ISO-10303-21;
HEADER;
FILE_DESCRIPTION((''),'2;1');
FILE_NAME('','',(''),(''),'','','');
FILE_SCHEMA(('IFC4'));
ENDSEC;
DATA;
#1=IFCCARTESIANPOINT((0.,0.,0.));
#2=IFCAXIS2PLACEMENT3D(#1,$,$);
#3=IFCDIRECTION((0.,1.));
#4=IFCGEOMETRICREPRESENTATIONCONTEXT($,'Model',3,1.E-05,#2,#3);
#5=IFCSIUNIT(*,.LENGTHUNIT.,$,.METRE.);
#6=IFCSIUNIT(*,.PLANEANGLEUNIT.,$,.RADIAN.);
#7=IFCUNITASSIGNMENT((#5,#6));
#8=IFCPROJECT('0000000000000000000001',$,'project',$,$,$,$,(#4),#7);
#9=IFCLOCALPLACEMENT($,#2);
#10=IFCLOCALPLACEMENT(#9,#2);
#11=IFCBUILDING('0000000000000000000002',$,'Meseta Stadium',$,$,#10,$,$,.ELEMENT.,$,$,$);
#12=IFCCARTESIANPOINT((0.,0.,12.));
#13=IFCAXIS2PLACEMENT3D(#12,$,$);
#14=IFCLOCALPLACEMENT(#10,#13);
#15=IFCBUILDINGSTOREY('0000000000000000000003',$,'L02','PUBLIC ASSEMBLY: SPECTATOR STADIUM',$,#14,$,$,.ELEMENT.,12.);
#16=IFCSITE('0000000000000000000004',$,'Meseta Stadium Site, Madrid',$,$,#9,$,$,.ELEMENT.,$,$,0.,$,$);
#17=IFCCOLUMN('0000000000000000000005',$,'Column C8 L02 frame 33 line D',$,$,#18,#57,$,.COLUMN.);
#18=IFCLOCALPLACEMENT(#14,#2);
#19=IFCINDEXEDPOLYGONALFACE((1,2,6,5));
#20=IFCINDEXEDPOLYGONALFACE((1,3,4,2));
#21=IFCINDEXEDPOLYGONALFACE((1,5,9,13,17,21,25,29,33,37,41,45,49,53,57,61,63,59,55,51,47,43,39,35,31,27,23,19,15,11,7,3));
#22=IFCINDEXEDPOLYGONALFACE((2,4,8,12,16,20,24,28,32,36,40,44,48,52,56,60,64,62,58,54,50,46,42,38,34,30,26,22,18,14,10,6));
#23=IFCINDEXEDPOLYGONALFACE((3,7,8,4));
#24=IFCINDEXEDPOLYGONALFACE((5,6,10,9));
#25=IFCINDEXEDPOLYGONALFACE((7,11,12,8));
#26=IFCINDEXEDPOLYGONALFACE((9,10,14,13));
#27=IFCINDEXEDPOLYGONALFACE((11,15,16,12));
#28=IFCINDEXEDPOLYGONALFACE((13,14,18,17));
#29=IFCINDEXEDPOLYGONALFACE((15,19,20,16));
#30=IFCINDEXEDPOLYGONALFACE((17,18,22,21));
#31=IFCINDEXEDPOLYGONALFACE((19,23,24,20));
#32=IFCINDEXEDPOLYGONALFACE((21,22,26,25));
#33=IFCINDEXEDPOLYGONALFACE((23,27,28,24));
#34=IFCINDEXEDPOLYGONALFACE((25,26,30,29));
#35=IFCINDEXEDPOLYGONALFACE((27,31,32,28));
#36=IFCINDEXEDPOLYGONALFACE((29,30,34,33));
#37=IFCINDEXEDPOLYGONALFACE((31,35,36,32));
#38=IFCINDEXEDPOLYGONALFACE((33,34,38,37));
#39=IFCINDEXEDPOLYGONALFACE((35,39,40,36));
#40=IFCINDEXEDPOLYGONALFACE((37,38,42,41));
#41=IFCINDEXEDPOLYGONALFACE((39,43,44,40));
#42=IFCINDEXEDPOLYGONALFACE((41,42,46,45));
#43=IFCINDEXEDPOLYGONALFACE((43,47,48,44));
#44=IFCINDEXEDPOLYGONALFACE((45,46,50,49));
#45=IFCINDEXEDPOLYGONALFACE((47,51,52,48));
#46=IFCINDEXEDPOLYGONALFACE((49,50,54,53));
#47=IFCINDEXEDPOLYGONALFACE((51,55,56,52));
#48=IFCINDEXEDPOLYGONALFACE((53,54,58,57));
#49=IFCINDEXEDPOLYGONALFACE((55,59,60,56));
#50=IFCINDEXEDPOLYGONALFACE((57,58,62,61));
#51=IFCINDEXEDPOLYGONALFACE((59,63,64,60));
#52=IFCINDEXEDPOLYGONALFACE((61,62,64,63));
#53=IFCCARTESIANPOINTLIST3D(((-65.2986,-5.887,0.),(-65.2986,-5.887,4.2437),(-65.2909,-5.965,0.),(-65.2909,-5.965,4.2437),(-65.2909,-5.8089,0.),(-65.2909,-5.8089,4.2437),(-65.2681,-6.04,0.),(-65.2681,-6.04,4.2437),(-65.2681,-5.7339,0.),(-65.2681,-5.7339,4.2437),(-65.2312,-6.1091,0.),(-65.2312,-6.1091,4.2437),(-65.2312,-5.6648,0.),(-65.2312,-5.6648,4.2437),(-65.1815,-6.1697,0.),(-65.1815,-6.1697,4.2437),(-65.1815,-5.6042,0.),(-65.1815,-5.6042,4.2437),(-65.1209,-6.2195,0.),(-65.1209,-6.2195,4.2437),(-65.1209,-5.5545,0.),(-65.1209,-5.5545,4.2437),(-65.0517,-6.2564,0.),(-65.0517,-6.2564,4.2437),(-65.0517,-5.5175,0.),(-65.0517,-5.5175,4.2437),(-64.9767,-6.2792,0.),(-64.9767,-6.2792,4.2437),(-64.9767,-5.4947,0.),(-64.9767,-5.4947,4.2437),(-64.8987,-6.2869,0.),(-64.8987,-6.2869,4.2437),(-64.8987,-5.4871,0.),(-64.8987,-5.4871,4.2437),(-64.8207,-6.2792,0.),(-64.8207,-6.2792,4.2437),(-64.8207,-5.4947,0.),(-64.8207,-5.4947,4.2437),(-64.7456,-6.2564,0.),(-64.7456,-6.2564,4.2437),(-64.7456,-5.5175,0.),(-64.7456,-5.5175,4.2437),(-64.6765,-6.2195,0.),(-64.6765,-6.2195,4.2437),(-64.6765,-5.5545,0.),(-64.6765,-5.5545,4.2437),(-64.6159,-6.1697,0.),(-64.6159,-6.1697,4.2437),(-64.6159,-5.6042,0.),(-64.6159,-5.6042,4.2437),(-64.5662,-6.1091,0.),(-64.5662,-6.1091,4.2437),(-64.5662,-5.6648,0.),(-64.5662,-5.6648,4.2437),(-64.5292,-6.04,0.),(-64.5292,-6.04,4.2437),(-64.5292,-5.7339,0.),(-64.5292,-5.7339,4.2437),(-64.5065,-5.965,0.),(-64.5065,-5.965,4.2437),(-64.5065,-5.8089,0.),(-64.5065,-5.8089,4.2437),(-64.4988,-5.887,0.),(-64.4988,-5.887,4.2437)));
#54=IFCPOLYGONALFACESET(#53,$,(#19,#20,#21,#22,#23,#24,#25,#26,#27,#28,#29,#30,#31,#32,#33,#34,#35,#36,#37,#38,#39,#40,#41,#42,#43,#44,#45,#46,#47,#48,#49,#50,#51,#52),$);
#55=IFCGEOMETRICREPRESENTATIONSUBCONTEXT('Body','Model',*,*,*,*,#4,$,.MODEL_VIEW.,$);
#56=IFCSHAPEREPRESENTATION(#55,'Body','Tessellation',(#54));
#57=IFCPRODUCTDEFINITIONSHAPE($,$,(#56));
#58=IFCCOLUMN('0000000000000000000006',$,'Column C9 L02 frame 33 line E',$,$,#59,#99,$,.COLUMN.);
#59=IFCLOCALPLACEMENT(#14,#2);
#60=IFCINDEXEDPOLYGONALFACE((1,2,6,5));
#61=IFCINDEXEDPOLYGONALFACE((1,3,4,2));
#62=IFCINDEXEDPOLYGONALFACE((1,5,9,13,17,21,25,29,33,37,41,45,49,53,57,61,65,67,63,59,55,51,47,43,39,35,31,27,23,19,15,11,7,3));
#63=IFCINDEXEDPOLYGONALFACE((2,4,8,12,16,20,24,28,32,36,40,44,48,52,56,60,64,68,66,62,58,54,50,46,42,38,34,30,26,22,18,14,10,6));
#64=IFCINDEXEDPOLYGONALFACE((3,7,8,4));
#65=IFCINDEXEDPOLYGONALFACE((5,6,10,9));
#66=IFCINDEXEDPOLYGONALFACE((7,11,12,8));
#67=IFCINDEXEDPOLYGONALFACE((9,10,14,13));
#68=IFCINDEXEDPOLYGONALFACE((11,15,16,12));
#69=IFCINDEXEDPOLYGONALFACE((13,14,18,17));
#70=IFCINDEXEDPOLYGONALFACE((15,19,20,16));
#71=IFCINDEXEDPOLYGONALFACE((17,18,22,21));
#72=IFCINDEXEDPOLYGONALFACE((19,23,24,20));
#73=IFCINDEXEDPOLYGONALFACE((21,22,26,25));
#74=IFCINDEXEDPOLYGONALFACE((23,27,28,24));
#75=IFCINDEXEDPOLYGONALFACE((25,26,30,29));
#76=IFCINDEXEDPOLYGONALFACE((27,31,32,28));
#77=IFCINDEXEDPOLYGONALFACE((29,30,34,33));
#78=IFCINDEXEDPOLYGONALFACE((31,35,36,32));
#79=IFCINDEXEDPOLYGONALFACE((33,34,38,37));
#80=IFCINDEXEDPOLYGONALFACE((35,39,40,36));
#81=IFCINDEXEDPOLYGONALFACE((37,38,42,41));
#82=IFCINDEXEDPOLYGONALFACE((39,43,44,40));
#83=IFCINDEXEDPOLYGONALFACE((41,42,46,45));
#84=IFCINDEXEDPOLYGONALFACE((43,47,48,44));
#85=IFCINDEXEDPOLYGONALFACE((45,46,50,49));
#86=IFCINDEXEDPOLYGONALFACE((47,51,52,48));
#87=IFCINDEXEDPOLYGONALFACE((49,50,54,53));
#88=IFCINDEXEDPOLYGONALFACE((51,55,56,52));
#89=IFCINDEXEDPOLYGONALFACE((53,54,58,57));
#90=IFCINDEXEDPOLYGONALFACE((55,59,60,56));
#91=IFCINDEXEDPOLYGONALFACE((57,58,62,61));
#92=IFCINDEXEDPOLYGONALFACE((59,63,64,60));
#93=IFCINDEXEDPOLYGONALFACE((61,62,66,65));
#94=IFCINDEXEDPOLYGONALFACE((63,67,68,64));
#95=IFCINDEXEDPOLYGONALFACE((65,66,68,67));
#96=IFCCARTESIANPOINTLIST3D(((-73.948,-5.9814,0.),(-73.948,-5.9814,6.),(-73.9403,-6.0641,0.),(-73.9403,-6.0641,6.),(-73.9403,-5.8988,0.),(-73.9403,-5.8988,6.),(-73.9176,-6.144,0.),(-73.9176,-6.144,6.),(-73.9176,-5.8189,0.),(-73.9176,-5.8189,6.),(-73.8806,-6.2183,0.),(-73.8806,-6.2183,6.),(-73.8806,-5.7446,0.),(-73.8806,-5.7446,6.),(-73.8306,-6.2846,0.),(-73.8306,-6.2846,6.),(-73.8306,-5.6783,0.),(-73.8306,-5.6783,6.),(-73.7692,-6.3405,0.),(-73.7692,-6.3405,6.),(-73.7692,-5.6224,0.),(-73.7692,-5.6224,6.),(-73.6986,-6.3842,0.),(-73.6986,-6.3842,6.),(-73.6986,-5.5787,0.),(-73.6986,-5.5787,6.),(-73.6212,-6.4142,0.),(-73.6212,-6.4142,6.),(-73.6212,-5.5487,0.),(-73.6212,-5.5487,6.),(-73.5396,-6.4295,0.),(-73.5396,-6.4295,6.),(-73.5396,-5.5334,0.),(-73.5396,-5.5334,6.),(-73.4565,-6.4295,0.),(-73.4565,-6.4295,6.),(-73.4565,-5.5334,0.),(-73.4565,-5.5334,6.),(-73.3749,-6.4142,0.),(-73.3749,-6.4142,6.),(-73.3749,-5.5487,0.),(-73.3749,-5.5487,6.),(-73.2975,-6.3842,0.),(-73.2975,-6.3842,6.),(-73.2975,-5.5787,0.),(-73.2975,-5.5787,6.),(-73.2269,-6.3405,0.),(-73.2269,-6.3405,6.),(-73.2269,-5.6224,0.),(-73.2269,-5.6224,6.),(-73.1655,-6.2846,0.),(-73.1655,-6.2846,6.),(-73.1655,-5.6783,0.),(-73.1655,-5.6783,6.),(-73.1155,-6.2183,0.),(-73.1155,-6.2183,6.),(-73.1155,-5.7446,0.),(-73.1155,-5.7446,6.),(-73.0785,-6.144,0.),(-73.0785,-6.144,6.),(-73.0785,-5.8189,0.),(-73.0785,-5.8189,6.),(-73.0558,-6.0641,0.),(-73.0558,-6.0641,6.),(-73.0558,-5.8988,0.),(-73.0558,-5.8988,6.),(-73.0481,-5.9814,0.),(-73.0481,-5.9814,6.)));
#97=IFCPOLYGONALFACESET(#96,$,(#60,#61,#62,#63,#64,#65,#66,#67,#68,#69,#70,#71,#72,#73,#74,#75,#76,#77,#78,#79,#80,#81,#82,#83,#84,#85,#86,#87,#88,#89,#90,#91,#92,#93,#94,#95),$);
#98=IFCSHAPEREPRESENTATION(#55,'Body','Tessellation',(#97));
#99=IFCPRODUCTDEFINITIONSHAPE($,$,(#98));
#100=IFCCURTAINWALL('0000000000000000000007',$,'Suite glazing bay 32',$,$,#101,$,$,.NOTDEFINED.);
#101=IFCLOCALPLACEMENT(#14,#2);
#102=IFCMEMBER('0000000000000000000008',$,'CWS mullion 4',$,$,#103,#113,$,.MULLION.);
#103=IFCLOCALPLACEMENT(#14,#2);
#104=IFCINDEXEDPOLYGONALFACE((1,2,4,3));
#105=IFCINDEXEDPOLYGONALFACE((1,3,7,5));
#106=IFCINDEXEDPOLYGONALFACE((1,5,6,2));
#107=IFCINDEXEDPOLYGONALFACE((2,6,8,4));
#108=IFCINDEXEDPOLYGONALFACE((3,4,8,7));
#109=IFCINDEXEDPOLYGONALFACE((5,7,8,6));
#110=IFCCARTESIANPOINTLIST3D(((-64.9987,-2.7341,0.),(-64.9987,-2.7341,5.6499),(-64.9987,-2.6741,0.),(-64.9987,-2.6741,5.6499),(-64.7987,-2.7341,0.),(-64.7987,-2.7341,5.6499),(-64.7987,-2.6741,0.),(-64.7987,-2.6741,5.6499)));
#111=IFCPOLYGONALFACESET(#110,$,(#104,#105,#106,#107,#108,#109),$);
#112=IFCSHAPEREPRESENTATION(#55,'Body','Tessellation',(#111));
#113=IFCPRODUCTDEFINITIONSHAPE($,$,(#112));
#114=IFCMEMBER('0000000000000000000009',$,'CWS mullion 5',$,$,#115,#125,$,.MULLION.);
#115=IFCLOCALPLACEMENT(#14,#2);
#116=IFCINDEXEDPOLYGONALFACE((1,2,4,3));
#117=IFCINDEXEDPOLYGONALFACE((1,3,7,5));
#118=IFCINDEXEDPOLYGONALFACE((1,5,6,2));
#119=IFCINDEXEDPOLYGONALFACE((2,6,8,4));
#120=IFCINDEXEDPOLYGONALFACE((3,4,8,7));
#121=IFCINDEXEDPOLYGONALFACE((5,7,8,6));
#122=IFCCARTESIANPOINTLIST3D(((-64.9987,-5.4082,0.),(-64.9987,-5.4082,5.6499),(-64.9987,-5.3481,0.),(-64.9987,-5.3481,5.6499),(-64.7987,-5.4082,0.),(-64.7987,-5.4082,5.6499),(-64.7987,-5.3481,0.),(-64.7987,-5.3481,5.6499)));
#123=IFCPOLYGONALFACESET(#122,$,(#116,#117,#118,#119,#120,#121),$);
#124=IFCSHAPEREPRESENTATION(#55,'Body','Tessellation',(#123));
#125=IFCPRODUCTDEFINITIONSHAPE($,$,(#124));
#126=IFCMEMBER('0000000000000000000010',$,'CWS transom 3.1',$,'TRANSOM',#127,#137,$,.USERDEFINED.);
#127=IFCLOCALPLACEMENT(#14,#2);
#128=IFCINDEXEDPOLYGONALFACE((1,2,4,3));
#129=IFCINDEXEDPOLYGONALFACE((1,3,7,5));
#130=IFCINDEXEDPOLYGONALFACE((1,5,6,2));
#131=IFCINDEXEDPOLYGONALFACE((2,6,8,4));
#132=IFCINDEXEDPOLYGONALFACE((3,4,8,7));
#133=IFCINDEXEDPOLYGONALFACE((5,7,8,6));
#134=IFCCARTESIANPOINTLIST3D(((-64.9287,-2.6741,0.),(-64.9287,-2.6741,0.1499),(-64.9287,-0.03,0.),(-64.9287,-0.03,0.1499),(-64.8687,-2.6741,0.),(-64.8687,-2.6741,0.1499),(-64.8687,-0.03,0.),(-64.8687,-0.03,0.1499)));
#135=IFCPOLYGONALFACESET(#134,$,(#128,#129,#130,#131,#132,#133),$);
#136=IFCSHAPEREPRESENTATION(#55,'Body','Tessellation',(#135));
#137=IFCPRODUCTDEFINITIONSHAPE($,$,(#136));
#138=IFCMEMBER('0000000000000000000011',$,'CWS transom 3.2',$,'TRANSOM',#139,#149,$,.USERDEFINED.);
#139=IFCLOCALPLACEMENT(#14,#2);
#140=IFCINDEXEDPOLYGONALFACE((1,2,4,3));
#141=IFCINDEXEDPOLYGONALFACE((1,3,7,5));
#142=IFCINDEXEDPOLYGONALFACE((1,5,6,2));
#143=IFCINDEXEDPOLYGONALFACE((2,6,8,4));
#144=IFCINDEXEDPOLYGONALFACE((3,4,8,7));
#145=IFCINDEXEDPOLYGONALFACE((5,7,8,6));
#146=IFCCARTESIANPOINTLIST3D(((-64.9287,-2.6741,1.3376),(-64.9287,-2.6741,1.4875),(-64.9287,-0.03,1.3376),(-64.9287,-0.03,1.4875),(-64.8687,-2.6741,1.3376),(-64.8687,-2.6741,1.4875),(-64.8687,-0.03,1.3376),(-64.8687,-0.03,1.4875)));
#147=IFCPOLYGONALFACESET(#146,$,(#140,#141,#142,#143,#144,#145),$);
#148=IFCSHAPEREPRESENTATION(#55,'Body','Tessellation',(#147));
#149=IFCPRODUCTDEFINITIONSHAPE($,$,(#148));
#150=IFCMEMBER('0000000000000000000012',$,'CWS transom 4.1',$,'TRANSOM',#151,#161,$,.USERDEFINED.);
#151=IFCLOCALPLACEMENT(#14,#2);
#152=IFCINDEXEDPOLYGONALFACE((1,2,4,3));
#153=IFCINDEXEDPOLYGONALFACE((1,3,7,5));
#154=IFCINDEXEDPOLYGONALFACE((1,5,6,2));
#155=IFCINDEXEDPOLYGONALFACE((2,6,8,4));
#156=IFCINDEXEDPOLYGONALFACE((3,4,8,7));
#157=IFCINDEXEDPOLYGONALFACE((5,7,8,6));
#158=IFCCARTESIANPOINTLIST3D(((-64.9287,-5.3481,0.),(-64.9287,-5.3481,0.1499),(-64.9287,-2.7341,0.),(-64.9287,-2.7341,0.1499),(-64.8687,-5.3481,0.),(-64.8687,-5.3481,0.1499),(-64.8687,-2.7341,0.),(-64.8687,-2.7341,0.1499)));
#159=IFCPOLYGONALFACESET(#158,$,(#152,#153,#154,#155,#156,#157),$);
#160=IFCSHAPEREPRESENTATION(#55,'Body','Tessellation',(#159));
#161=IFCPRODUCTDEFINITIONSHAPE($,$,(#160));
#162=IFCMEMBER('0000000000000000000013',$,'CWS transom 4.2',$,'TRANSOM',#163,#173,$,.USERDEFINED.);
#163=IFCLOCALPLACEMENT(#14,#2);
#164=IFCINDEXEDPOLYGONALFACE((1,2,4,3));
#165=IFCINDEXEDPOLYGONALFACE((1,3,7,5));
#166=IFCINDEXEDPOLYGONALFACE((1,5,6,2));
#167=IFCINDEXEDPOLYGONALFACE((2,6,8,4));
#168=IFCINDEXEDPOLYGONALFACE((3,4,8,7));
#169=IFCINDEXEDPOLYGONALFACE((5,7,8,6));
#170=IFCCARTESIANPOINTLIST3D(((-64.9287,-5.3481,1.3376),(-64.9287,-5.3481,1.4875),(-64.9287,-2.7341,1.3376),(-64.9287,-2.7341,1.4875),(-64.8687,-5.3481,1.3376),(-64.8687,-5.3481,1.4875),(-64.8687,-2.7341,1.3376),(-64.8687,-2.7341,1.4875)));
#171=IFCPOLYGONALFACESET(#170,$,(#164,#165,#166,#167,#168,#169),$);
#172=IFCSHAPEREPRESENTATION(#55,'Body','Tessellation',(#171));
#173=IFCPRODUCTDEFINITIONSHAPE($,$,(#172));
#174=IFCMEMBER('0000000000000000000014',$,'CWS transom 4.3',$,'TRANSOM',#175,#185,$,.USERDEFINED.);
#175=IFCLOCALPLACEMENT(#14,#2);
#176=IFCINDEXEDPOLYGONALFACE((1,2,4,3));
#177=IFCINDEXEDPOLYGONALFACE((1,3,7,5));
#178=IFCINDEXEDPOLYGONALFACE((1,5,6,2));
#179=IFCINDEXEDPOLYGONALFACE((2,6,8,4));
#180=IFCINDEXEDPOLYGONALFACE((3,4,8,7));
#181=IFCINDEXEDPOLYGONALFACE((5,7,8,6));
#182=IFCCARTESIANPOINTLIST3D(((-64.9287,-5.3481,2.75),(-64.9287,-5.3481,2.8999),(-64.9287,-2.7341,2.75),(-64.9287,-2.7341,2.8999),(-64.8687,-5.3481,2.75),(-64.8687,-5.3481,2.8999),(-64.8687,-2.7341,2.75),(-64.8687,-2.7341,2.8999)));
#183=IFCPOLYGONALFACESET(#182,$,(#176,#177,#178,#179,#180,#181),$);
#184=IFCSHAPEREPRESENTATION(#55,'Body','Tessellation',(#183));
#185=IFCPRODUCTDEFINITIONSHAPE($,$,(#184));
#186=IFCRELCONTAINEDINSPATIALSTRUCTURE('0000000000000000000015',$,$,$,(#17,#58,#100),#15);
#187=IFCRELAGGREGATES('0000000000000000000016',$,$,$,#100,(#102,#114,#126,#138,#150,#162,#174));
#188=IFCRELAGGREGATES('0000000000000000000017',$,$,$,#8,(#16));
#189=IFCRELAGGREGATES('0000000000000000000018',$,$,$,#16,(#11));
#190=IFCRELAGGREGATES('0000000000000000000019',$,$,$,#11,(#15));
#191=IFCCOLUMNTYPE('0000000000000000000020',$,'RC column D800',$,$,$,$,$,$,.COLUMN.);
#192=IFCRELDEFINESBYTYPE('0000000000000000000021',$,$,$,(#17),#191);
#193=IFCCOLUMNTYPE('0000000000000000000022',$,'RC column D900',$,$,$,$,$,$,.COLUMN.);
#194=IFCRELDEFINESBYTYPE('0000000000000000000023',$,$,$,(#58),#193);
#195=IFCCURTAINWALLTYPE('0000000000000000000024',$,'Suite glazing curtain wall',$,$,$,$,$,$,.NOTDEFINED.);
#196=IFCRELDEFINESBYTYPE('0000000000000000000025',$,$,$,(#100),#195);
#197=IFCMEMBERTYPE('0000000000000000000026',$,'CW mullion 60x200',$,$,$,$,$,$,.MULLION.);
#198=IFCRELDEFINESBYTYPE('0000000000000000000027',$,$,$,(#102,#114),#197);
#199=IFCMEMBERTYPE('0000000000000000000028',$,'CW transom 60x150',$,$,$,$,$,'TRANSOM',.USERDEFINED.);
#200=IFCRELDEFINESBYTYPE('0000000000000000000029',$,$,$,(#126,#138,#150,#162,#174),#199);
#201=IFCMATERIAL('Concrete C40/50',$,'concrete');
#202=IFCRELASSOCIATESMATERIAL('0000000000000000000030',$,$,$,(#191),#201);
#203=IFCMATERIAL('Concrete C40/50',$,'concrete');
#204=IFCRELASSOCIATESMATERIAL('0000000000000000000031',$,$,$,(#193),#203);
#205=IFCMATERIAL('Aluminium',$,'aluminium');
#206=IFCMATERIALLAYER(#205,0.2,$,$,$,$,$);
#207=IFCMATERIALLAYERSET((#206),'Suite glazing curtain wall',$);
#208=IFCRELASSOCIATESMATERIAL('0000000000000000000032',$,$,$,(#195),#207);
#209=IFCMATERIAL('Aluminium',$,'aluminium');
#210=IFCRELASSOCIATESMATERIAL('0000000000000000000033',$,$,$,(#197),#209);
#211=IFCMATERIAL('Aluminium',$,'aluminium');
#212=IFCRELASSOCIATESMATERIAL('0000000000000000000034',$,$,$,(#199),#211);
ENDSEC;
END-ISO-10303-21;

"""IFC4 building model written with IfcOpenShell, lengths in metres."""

from ifc_helpers import new_model, si_unit, direction, frame, origin, origin_2d, place, context, subcontext, project, spatial, rectangle, circle, extrude, material, layer, layer_set, material_profile, profile_set, type_object, element, aggregate, save


model = new_model("IFC4")

# Units and contexts
model_context = context("Model", 3, precision=1e-05, world=origin(), true_north=direction((0.0, 1.0)))
body_context = subcontext(model_context, "Body", "Model", "MODEL_VIEW")
ifc_project = project(units=[si_unit("LENGTHUNIT", "METRE"), si_unit("PLANEANGLEUNIT", "RADIAN")], contexts=[model_context])

# Site, building, storey
site_placement = place(None, origin())
site = spatial("IfcSite", under=ifc_project, at=site_placement, Name="Meseta Stadium Site, Madrid", CompositionType="ELEMENT", RefElevation=0.0)
building_placement = place(site_placement, origin())
building = spatial("IfcBuilding", under=site, at=building_placement, Name="Meseta Stadium", CompositionType="ELEMENT")
storey_placement = place(building_placement, frame((0.0, 0.0, 12.0)))
storey = spatial("IfcBuildingStorey", under=building, at=storey_placement, Name="L02", Description="PUBLIC ASSEMBLY: SPECTATOR STADIUM", CompositionType="ELEMENT", Elevation=12.0)

# Columns
ifc_material_1 = material(Name="Concrete C40/50", Category="concrete")
ifc_material_profile_1 = material_profile(ifc_material_1, circle(Radius=0.3999, at=origin_2d()), Name="RC D800")
ifc_profile_set_1 = profile_set([ifc_material_profile_1], Name="Concrete C40/50")
column_type_1 = type_object("IfcColumnType", Name="RC column D800", PredefinedType="COLUMN", material=ifc_profile_set_1)
column_1_placement = place(storey_placement, frame((-64.8987, -5.887, 0.0), z_axis=(0.0, 0.0, 1.0), x_axis=(1.0, 0.0, 0.0)))
element("IfcColumn", 1, at=column_1_placement, inside=storey, type_object=column_type_1, Name="Column C8 L02 frame 33 line D", PredefinedType="COLUMN", context=body_context, shape_type="SweptSolid", body=[
    extrude(circle(Radius=0.3999, at=origin_2d()), origin(), (0.0, 0.0, 1.0), 4.2437),
])
ifc_material_2 = material(Name="Concrete C40/50", Category="concrete")
ifc_material_profile_2 = material_profile(ifc_material_2, circle(Radius=0.45, at=origin_2d()), Name="RC D900")
ifc_profile_set_2 = profile_set([ifc_material_profile_2], Name="Concrete C40/50")
column_type_2 = type_object("IfcColumnType", Name="RC column D900", PredefinedType="COLUMN", material=ifc_profile_set_2)
column_2_placement = place(storey_placement, frame((-73.498, -5.9814, 0.0), z_axis=(0.0, 0.0, 1.0), x_axis=(1.0, 0.0, 0.0)))
element("IfcColumn", 2, at=column_2_placement, inside=storey, type_object=column_type_2, Name="Column C9 L02 frame 33 line E", PredefinedType="COLUMN", context=body_context, shape_type="SweptSolid", body=[
    extrude(circle(Radius=0.45, at=origin_2d()), origin(), (0.0, 0.0, 1.0), 6.0),
])

# Curtain wall, members
ifc_material_3 = material(Name="Aluminium", Category="aluminium")
ifc_layer_1 = layer(ifc_material_3, 0.2)
ifc_layer_set_1 = layer_set([ifc_layer_1], Name="Suite glazing curtain wall")
curtain_wall_type = type_object("IfcCurtainWallType", Name="Suite glazing curtain wall", PredefinedType="NOTDEFINED", material=ifc_layer_set_1)
curtain_wall_placement = place(storey_placement, origin())
curtain_wall = element("IfcCurtainWall", 3, at=curtain_wall_placement, inside=storey, type_object=curtain_wall_type, Name="Suite glazing bay 32", PredefinedType="NOTDEFINED")
ifc_material_4 = material(Name="Aluminium", Category="aluminium")
ifc_material_profile_3 = material_profile(ifc_material_4, rectangle(XDim=0.2, YDim=0.0601, at=origin_2d()), Name="CW 200x60")
ifc_profile_set_3 = profile_set([ifc_material_profile_3], Name="Aluminium")
member_type_1 = type_object("IfcMemberType", Name="CW mullion 60x200", PredefinedType="MULLION", material=ifc_profile_set_3)
member_1_placement = place(storey_placement, frame((-64.8987, -2.7041, 0.0), z_axis=(0.0, 0.0, 1.0), x_axis=(1.0, 0.0, 0.0)))
member_1 = element("IfcMember", 4, at=member_1_placement, type_object=member_type_1, Name="CWS mullion 4", PredefinedType="MULLION", context=body_context, shape_type="SweptSolid", body=[
    extrude(rectangle(XDim=0.2, YDim=0.0601, at=origin_2d()), origin(), (0.0, 0.0, 1.0), 5.6499),
])
member_2_placement = place(storey_placement, frame((-64.8987, -5.3782, 0.0), z_axis=(0.0, 0.0, 1.0), x_axis=(1.0, 0.0, 0.0)))
member_2 = element("IfcMember", 5, at=member_2_placement, type_object=member_type_1, Name="CWS mullion 5", PredefinedType="MULLION", context=body_context, shape_type="SweptSolid", body=[
    extrude(rectangle(XDim=0.2, YDim=0.0601, at=origin_2d()), origin(), (0.0, 0.0, 1.0), 5.6499),
])
ifc_material_5 = material(Name="Aluminium", Category="aluminium")
ifc_material_profile_4 = material_profile(ifc_material_5, rectangle(XDim=0.0601, YDim=0.1499, at=origin_2d()), Name="CW 60x150")
ifc_profile_set_4 = profile_set([ifc_material_profile_4], Name="Aluminium")
member_type_2 = type_object("IfcMemberType", Name="CW transom 60x150", ElementType="TRANSOM", PredefinedType="USERDEFINED", material=ifc_profile_set_4)
member_3_placement = place(storey_placement, frame((-64.8987, -0.03, 0.075), z_axis=(0.0, -1.0, 0.0), x_axis=(1.0, 0.0, 0.0)))
member_3 = element("IfcMember", 6, at=member_3_placement, type_object=member_type_2, Name="CWS transom 3.1", ObjectType="TRANSOM", PredefinedType="USERDEFINED", context=body_context, shape_type="SweptSolid", body=[
    extrude(rectangle(XDim=0.0601, YDim=0.1499, at=origin_2d()), origin(), (0.0, 0.0, 1.0), 2.644),
])
member_4_placement = place(storey_placement, frame((-64.8987, -0.03, 1.4126), z_axis=(0.0, -1.0, 0.0), x_axis=(1.0, 0.0, 0.0)))
member_4 = element("IfcMember", 7, at=member_4_placement, type_object=member_type_2, Name="CWS transom 3.2", ObjectType="TRANSOM", PredefinedType="USERDEFINED", context=body_context, shape_type="SweptSolid", body=[
    extrude(rectangle(XDim=0.0601, YDim=0.1499, at=origin_2d()), origin(), (0.0, 0.0, 1.0), 2.644),
])
member_5_placement = place(storey_placement, frame((-64.8987, -2.7341, 0.075), z_axis=(0.0, -1.0, 0.0), x_axis=(1.0, 0.0, 0.0)))
member_5 = element("IfcMember", 8, at=member_5_placement, type_object=member_type_2, Name="CWS transom 4.1", ObjectType="TRANSOM", PredefinedType="USERDEFINED", context=body_context, shape_type="SweptSolid", body=[
    extrude(rectangle(XDim=0.0601, YDim=0.1499, at=origin_2d()), origin(), (0.0, 0.0, 1.0), 2.614),
])
member_6_placement = place(storey_placement, frame((-64.8987, -2.7341, 1.4126), z_axis=(0.0, -1.0, 0.0), x_axis=(1.0, 0.0, 0.0)))
member_6 = element("IfcMember", 9, at=member_6_placement, type_object=member_type_2, Name="CWS transom 4.2", ObjectType="TRANSOM", PredefinedType="USERDEFINED", context=body_context, shape_type="SweptSolid", body=[
    extrude(rectangle(XDim=0.0601, YDim=0.1499, at=origin_2d()), origin(), (0.0, 0.0, 1.0), 2.614),
])
member_7_placement = place(storey_placement, frame((-64.8987, -2.7341, 2.825), z_axis=(0.0, -1.0, 0.0), x_axis=(1.0, 0.0, 0.0)))
member_7 = element("IfcMember", 10, at=member_7_placement, type_object=member_type_2, Name="CWS transom 4.3", ObjectType="TRANSOM", PredefinedType="USERDEFINED", context=body_context, shape_type="SweptSolid", body=[
    extrude(rectangle(XDim=0.0601, YDim=0.1499, at=origin_2d()), origin(), (0.0, 0.0, 1.0), 2.614),
])

aggregate(curtain_wall, [member_1, member_2, member_3, member_4, member_5, member_6, member_7])

save(model, "model.ifc")
